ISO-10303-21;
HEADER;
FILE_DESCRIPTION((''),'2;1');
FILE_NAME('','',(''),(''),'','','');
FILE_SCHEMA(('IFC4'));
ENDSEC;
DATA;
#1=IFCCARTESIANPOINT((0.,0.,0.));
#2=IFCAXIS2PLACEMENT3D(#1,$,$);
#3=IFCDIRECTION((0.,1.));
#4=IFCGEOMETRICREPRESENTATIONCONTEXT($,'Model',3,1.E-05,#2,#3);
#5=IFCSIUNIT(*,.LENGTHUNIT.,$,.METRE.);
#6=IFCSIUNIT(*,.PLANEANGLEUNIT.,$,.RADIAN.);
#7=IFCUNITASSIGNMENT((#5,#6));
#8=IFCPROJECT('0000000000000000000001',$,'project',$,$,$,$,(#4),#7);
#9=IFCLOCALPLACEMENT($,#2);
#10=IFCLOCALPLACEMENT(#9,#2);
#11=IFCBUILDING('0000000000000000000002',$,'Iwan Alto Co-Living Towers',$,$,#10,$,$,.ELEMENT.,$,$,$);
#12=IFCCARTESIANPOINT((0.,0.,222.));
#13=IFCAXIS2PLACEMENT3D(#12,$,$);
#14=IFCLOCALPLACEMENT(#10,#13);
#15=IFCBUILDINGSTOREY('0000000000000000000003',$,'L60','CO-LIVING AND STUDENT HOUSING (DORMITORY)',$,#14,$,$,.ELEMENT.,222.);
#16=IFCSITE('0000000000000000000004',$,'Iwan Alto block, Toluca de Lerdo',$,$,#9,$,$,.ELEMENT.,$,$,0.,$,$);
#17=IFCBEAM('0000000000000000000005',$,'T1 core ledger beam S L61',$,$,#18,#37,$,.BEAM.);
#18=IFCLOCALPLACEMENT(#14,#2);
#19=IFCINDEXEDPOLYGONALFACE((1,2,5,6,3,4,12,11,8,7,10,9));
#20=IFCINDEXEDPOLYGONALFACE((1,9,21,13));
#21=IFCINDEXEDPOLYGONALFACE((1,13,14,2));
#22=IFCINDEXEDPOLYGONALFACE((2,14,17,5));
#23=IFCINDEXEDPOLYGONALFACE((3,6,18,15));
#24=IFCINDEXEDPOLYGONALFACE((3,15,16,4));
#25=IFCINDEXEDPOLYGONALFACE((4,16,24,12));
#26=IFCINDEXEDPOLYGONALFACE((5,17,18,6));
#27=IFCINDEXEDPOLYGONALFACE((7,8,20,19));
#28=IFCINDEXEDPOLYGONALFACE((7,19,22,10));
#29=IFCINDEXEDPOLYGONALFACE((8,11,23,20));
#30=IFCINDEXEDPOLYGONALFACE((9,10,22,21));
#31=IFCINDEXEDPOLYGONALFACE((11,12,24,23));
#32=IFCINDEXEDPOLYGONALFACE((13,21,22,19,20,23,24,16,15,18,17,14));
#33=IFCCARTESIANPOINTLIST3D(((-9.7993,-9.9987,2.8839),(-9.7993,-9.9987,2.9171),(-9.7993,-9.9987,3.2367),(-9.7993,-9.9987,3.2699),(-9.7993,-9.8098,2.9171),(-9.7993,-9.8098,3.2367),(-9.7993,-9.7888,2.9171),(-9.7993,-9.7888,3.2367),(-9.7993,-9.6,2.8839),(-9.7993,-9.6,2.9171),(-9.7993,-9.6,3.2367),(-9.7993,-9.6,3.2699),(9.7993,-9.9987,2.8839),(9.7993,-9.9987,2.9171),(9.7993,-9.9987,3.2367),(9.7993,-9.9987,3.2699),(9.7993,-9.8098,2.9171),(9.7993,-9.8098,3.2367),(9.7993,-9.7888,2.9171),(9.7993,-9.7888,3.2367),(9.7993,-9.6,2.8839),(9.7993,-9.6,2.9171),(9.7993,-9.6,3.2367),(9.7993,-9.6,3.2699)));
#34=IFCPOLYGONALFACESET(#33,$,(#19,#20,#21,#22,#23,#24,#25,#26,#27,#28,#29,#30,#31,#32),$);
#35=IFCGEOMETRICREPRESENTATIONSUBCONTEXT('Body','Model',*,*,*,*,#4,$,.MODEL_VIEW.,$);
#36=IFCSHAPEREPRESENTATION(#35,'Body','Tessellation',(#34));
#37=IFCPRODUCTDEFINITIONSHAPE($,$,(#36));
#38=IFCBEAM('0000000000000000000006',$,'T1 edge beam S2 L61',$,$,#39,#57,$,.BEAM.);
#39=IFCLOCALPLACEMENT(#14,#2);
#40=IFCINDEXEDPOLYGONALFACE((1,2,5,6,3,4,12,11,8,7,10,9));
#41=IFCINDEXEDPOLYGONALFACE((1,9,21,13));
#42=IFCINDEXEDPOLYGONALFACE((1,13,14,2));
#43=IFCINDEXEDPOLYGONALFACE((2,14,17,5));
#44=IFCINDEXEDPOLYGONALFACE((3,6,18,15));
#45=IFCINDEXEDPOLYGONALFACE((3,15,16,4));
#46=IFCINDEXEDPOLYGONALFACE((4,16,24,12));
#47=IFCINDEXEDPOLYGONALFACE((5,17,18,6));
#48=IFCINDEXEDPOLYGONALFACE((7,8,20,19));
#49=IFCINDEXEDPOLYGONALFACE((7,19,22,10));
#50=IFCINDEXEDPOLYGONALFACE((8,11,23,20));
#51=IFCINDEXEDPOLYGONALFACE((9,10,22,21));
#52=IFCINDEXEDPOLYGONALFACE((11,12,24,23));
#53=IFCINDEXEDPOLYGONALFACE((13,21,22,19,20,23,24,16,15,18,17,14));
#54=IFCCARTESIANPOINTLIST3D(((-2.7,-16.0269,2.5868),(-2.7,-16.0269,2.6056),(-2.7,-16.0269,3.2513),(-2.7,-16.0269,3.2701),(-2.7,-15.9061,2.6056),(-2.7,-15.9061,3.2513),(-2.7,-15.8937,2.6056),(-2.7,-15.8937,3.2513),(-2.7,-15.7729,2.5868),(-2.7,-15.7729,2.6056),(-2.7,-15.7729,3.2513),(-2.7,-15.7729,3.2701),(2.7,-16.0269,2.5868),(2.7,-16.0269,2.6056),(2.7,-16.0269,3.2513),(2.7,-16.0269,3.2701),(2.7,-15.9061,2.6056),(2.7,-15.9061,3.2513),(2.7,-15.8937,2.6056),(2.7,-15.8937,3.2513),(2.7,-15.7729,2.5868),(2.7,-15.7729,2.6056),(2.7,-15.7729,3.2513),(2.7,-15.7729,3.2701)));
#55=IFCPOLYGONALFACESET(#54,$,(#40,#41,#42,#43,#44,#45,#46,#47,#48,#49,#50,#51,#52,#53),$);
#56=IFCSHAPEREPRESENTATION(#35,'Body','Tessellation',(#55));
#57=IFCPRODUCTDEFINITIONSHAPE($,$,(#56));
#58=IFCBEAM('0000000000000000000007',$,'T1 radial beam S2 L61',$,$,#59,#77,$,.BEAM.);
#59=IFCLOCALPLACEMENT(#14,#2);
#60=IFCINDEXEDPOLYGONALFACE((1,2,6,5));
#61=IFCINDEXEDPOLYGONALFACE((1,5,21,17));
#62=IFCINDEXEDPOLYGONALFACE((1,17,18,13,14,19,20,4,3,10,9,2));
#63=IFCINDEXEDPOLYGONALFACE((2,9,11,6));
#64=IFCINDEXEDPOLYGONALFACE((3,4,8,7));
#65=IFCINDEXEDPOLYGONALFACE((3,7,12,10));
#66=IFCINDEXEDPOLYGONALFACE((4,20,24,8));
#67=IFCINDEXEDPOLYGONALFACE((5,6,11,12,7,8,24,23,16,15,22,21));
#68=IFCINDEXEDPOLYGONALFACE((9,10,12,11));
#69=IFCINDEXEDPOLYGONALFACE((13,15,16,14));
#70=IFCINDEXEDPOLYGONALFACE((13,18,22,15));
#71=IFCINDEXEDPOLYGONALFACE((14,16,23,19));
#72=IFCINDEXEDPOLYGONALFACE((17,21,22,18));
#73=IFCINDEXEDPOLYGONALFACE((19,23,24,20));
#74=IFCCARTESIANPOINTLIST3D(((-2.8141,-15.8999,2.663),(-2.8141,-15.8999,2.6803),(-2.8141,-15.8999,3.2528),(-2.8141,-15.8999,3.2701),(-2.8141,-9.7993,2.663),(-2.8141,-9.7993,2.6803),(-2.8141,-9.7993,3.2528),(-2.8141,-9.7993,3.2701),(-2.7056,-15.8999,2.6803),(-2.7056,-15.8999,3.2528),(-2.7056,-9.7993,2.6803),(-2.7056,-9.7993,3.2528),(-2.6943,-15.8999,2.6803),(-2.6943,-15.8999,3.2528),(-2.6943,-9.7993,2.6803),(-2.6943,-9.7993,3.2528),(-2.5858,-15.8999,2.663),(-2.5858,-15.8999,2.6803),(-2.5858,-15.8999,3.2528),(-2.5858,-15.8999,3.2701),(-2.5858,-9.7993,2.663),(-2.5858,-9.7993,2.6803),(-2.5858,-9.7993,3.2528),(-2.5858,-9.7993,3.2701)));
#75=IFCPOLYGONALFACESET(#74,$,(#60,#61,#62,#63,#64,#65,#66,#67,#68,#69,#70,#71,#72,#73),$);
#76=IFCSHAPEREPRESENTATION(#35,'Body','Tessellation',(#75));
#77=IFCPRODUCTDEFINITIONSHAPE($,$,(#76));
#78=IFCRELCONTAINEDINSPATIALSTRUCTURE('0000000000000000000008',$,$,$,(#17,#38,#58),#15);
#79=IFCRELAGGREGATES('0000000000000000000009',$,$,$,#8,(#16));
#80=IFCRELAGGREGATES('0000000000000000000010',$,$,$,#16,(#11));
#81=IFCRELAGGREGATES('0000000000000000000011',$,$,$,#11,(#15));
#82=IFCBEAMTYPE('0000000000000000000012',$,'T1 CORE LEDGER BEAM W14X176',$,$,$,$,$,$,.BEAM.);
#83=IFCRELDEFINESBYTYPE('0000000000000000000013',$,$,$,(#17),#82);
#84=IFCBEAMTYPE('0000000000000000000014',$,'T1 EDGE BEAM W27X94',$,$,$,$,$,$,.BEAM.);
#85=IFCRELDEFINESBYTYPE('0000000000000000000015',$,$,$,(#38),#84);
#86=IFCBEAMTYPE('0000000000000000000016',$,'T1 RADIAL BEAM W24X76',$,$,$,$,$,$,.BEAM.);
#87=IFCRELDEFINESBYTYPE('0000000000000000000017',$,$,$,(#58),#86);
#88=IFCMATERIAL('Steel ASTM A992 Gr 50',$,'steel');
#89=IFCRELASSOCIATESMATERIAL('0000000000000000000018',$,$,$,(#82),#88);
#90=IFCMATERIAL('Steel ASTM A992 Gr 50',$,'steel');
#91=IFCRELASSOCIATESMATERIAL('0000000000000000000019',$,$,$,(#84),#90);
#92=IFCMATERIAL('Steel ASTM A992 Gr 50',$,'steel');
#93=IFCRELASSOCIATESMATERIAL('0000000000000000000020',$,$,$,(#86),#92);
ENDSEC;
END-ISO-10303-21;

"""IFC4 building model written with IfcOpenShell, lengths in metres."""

from ifc_helpers import new_model, si_unit, direction, frame, origin, origin_2d, place, context, subcontext, project, spatial, i_section, extrude, material, material_profile, profile_set, type_object, element, save


model = new_model("IFC4")

# Units and contexts
model_context = context("Model", 3, precision=1e-05, world=origin(), true_north=direction((0.0, 1.0)))
body_context = subcontext(model_context, "Body", "Model", "MODEL_VIEW")
ifc_project = project(units=[si_unit("LENGTHUNIT", "METRE"), si_unit("PLANEANGLEUNIT", "RADIAN")], contexts=[model_context])

# Site, building, storey
site_placement = place(None, origin())
site = spatial("IfcSite", under=ifc_project, at=site_placement, Name="Iwan Alto block, Toluca de Lerdo", CompositionType="ELEMENT", RefElevation=0.0)
building_placement = place(site_placement, origin())
building = spatial("IfcBuilding", under=site, at=building_placement, Name="Iwan Alto Co-Living Towers", CompositionType="ELEMENT")
storey_placement = place(building_placement, frame((0.0, 0.0, 222.0)))
storey = spatial("IfcBuildingStorey", under=building, at=storey_placement, Name="L60", Description="CO-LIVING AND STUDENT HOUSING (DORMITORY)", CompositionType="ELEMENT", Elevation=222.0)

# Beams
ifc_material_1 = material(Name="Steel ASTM A992 Gr 50", Category="steel")
ifc_material_profile_1 = material_profile(ifc_material_1, i_section(OverallWidth=0.3987, OverallDepth=0.386, WebThickness=0.021, FlangeThickness=0.0332, at=origin_2d()), Name="W14X176")
ifc_profile_set_1 = profile_set([ifc_material_profile_1], Name="Steel ASTM A992 Gr 50")
beam_type_1 = type_object("IfcBeamType", Name="T1 CORE LEDGER BEAM W14X176", PredefinedType="BEAM", material=ifc_profile_set_1)
beam_1_placement = place(storey_placement, frame((-9.7993, -9.7993, 3.0769), z_axis=(1.0, 0.0, 0.0), x_axis=(0.0, 1.0, 0.0)))
element("IfcBeam", 1, at=beam_1_placement, inside=storey, type_object=beam_type_1, Name="T1 core ledger beam S L61", PredefinedType="BEAM", context=body_context, shape_type="SweptSolid", body=[
    extrude(i_section(OverallWidth=0.3987, OverallDepth=0.386, WebThickness=0.021, FlangeThickness=0.0332, at=origin_2d()), origin(), (0.0, 0.0, 1.0), 19.5986),
])
ifc_material_2 = material(Name="Steel ASTM A992 Gr 50", Category="steel")
ifc_material_profile_2 = material_profile(ifc_material_2, i_section(OverallWidth=0.2539, OverallDepth=0.6833, WebThickness=0.0125, FlangeThickness=0.0188, at=origin_2d()), Name="W27X94")
ifc_profile_set_2 = profile_set([ifc_material_profile_2], Name="Steel ASTM A992 Gr 50")
beam_type_2 = type_object("IfcBeamType", Name="T1 EDGE BEAM W27X94", PredefinedType="BEAM", material=ifc_profile_set_2)
beam_2_placement = place(storey_placement, frame((-2.7, -15.8999, 2.9285), z_axis=(1.0, 0.0, 0.0), x_axis=(0.0, 1.0, 0.0)))
element("IfcBeam", 2, at=beam_2_placement, inside=storey, type_object=beam_type_2, Name="T1 edge beam S2 L61", PredefinedType="BEAM", context=body_context, shape_type="SweptSolid", body=[
    extrude(i_section(OverallWidth=0.2539, OverallDepth=0.6833, WebThickness=0.0125, FlangeThickness=0.0188, at=origin_2d()), origin(), (0.0, 0.0, 1.0), 5.3999),
])
ifc_material_3 = material(Name="Steel ASTM A992 Gr 50", Category="steel")
ifc_material_profile_3 = material_profile(ifc_material_3, i_section(OverallWidth=0.2283, OverallDepth=0.6072, WebThickness=0.0112, FlangeThickness=0.0173, at=origin_2d()), Name="W24X76")
ifc_profile_set_3 = profile_set([ifc_material_profile_3], Name="Steel ASTM A992 Gr 50")
beam_type_3 = type_object("IfcBeamType", Name="T1 RADIAL BEAM W24X76", PredefinedType="BEAM", material=ifc_profile_set_3)
beam_3_placement = place(storey_placement, frame((-2.7, -15.8999, 2.9666), z_axis=(0.0, 1.0, 0.0), x_axis=(-1.0, 0.0, 0.0)))
element("IfcBeam", 3, at=beam_3_placement, inside=storey, type_object=beam_type_3, Name="T1 radial beam S2 L61", PredefinedType="BEAM", context=body_context, shape_type="SweptSolid", body=[
    extrude(i_section(OverallWidth=0.2283, OverallDepth=0.6072, WebThickness=0.0112, FlangeThickness=0.0173, at=origin_2d()), origin(), (0.0, 0.0, 1.0), 6.1006),
])

save(model, "model.ifc")
